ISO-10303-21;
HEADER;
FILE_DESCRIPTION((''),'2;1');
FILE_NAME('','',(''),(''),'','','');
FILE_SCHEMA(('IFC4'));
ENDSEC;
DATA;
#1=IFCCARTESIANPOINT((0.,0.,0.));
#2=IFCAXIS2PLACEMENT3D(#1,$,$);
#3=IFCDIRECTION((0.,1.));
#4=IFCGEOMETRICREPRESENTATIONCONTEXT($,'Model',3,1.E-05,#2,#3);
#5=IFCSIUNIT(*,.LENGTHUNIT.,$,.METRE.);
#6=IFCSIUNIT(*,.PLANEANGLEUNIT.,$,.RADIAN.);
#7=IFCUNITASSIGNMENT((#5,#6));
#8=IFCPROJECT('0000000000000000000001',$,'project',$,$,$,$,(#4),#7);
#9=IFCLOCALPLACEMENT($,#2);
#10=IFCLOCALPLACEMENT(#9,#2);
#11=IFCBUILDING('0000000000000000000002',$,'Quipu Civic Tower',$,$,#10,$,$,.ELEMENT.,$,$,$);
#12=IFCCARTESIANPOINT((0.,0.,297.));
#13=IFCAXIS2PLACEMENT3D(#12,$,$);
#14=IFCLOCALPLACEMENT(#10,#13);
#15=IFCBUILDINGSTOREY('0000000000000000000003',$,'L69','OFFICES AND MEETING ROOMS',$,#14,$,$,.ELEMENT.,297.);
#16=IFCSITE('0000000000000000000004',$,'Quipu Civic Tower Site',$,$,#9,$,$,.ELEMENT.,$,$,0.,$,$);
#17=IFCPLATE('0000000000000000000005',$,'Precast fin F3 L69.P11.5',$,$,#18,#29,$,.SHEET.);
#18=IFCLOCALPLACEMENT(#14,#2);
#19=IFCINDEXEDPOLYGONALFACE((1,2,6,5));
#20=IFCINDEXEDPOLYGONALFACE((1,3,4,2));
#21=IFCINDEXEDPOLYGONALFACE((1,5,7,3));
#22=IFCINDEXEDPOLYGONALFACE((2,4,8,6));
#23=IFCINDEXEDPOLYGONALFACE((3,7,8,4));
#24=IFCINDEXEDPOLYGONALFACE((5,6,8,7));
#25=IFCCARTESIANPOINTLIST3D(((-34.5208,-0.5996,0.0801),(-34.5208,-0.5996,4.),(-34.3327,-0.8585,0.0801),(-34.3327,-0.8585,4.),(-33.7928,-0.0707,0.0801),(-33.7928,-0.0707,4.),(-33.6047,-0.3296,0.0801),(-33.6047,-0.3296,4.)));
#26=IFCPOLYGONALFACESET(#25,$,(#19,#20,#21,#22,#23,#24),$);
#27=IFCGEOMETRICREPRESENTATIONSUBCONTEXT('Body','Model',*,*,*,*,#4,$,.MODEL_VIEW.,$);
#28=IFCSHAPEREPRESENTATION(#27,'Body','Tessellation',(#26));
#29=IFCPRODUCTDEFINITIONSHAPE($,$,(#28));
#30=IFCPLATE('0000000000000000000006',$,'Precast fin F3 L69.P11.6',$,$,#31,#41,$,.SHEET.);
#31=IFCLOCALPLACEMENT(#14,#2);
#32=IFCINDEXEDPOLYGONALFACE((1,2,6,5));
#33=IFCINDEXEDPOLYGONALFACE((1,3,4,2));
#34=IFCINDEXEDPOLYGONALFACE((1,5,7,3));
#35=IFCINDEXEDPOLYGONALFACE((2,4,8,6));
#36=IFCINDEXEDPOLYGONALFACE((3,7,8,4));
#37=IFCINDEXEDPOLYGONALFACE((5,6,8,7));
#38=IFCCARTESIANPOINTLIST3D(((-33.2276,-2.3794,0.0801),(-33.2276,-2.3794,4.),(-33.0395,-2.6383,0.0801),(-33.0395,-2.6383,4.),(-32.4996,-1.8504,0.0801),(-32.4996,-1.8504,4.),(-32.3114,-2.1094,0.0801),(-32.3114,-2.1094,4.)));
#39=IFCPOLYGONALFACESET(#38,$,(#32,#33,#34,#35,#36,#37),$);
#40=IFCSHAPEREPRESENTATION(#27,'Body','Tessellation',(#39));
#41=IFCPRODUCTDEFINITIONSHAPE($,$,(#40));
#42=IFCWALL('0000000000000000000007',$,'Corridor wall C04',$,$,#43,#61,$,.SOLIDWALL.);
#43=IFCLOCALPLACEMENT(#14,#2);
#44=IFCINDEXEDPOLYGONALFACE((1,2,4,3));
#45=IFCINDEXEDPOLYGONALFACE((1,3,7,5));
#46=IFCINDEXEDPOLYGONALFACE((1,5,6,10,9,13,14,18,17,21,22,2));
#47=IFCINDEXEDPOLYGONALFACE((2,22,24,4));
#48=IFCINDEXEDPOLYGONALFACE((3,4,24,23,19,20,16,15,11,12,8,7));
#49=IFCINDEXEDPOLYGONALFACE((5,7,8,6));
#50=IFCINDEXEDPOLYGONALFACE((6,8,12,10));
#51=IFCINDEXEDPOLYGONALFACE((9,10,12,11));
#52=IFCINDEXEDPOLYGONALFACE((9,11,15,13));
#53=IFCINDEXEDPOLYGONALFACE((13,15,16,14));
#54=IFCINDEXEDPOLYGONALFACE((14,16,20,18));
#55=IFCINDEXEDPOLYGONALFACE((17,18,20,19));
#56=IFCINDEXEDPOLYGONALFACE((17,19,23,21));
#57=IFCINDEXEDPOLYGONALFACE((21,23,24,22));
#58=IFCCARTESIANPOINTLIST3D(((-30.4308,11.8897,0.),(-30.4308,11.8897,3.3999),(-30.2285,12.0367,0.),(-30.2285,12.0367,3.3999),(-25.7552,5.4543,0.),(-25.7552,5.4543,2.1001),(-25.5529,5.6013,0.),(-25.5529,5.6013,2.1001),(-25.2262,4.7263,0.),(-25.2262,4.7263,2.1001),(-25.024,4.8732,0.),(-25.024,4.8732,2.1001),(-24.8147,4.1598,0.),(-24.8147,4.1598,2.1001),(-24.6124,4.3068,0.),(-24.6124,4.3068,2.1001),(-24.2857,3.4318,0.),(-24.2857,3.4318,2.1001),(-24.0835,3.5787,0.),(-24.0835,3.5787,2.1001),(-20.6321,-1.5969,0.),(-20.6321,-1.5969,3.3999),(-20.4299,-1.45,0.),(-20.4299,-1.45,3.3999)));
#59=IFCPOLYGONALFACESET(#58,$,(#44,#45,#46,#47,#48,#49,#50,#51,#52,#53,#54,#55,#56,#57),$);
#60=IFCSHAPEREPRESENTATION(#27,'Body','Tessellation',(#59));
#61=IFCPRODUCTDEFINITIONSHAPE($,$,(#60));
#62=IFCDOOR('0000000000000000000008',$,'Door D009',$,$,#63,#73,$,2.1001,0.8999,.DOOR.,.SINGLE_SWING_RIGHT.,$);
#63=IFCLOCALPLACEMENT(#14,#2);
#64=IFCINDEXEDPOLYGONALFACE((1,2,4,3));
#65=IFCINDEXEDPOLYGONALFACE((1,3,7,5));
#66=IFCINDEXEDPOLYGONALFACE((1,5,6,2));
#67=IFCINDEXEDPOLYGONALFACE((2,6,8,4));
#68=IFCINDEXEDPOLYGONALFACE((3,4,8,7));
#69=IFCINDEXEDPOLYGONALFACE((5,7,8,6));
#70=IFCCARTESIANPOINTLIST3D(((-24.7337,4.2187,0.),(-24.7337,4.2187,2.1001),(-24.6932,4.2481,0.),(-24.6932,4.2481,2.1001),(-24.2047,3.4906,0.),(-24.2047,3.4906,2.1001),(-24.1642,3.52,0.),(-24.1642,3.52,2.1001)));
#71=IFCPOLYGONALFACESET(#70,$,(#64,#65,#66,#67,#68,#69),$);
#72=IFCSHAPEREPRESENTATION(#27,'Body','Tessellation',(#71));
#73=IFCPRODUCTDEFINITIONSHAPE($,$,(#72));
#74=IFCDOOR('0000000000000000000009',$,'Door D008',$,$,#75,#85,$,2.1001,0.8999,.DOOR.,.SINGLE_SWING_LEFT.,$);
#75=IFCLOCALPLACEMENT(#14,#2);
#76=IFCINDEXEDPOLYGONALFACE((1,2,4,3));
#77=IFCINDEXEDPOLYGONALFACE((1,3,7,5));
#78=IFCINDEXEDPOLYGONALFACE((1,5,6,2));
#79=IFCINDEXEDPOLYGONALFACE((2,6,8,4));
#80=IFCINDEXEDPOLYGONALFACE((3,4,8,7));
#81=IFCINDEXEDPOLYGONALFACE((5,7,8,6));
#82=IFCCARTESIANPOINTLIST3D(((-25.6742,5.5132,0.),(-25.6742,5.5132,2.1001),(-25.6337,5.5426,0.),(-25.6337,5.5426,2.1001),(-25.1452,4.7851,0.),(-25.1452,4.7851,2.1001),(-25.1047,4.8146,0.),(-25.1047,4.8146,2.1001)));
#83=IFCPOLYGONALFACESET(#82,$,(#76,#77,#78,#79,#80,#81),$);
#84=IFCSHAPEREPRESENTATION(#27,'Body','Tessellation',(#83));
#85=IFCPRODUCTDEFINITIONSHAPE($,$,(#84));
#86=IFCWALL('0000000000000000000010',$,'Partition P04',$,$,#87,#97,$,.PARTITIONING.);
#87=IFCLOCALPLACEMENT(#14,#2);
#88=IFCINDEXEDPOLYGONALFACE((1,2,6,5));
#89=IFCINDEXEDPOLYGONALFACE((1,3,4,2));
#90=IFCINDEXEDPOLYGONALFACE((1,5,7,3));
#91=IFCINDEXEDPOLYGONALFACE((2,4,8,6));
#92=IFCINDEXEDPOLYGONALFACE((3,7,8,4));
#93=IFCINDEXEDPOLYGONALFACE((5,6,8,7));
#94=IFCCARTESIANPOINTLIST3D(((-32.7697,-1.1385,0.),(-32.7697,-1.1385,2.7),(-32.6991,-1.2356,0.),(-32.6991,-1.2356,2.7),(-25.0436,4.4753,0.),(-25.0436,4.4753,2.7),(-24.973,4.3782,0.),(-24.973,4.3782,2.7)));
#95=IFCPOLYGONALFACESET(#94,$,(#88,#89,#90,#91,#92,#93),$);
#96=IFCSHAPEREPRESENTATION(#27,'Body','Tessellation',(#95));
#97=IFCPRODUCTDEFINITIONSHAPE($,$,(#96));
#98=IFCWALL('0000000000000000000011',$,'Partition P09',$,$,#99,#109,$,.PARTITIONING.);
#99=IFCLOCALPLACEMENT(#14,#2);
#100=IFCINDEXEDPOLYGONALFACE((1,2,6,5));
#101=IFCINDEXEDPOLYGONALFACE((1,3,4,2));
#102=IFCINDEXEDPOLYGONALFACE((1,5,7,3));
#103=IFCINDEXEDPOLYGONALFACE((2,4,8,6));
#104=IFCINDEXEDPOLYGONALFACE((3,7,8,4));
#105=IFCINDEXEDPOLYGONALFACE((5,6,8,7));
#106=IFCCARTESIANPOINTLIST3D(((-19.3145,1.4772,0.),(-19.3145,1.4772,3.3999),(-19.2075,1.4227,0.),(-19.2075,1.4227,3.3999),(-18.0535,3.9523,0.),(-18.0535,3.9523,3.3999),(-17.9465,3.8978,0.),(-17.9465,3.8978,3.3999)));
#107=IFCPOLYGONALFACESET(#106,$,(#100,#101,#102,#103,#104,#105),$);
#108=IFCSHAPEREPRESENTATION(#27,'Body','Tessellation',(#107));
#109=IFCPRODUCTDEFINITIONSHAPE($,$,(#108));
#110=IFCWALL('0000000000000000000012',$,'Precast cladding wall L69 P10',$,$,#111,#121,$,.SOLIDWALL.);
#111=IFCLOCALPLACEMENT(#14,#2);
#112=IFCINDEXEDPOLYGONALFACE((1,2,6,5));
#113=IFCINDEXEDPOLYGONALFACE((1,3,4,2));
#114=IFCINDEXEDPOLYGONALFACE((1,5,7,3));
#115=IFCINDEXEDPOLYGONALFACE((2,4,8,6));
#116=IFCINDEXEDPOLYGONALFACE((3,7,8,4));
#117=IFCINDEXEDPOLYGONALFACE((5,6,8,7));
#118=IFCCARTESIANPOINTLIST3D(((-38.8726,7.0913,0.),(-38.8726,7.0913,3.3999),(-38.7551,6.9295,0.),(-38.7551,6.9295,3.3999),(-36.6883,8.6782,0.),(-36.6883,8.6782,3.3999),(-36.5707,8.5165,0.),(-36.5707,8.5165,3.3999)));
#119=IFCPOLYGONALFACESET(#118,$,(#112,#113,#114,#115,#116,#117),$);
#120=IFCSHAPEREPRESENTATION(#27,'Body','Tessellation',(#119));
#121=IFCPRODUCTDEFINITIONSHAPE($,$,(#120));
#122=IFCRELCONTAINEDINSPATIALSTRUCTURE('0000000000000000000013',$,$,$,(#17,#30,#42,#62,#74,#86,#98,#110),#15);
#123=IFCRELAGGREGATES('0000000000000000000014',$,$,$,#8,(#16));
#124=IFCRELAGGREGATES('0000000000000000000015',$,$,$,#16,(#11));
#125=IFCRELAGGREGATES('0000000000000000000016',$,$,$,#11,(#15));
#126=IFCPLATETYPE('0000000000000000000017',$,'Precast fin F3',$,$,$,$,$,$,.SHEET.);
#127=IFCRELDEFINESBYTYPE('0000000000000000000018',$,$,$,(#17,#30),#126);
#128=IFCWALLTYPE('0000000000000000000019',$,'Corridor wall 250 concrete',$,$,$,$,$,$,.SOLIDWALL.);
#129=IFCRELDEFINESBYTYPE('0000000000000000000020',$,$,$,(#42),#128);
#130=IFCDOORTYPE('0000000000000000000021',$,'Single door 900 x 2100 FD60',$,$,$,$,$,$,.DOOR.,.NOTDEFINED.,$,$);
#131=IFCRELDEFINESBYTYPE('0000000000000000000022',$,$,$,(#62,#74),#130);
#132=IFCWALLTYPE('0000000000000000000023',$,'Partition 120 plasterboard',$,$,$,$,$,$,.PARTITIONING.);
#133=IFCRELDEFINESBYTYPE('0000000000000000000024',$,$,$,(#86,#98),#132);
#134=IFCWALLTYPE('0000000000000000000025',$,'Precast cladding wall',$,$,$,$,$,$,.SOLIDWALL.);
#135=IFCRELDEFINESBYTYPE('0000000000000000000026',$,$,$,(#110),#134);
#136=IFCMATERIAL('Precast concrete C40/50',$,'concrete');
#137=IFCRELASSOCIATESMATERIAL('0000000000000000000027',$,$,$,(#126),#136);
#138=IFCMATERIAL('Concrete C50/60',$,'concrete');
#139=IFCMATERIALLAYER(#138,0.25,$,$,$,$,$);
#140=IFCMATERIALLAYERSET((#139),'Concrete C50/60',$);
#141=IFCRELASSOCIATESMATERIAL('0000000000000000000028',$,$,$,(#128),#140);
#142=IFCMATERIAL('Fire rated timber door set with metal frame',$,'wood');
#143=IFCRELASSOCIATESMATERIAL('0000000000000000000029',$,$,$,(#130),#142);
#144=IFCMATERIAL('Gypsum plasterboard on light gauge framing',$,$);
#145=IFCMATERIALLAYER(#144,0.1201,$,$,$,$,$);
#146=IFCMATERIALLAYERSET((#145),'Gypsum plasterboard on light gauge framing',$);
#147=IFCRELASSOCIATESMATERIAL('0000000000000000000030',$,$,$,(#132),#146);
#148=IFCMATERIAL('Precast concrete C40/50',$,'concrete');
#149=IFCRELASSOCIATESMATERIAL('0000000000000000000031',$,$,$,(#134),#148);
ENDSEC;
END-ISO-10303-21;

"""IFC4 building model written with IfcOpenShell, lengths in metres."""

from ifc_helpers import new_model, si_unit, direction, frame, frame_2d, origin, origin_2d, place, context, subcontext, project, spatial, rectangle, extrude, material, layer, layer_set, type_object, element, fill, save


model = new_model("IFC4")

# Units and contexts
model_context = context("Model", 3, precision=1e-05, world=origin(), true_north=direction((0.0, 1.0)))
body_context = subcontext(model_context, "Body", "Model", "MODEL_VIEW")
ifc_project = project(units=[si_unit("LENGTHUNIT", "METRE"), si_unit("PLANEANGLEUNIT", "RADIAN")], contexts=[model_context])

# Site, building, storey
site_placement = place(None, origin())
site = spatial("IfcSite", under=ifc_project, at=site_placement, Name="Quipu Civic Tower Site", CompositionType="ELEMENT", RefElevation=0.0)
building_placement = place(site_placement, origin())
building = spatial("IfcBuilding", under=site, at=building_placement, Name="Quipu Civic Tower", CompositionType="ELEMENT")
storey_placement = place(building_placement, frame((0.0, 0.0, 297.0)))
storey = spatial("IfcBuildingStorey", under=building, at=storey_placement, Name="L69", Description="OFFICES AND MEETING ROOMS", CompositionType="ELEMENT", Elevation=297.0)

# Plates
ifc_material_1 = material(Name="Precast concrete C40/50", Category="concrete")
plate_type_1 = type_object("IfcPlateType", Name="Precast fin F3", PredefinedType="SHEET", material=ifc_material_1)
for number, where, z_axis, x_axis, name in (
    (1, (-34.0627, -0.4646, 0.0801), (0.0, 0.0, 1.0), (0.587787, -0.809016, 0.0), "Precast fin F3 L69.P11.5"),
    (2, (-32.7695, -2.2444, 0.0801), (0.0, 0.0, 1.0), (0.587787, -0.809016, 0.0), "Precast fin F3 L69.P11.6"),
):
    element("IfcPlate", number, at=place(storey_placement, frame(where, z_axis=z_axis, x_axis=x_axis)), inside=storey, type_object=plate_type_1, Name=name, PredefinedType="SHEET", context=body_context, shape_type="SweptSolid", body=[
        extrude(rectangle(XDim=0.3201, YDim=0.8999, at=origin_2d()), origin(), (0.0, 0.0, 1.0), 3.9199),
    ])

# Wall, openings, doors
ifc_material_2 = material(Name="Concrete C50/60", Category="concrete")
ifc_layer_1 = layer(ifc_material_2, 0.25)
ifc_layer_set_1 = layer_set([ifc_layer_1], Name="Concrete C50/60")
wall_type_1 = type_object("IfcWallType", Name="Corridor wall 250 concrete", PredefinedType="SOLIDWALL", material=ifc_layer_set_1)
wall_1_placement = place(storey_placement, frame((-20.531, -1.5234, 0.0), z_axis=(0.0, 0.0, 1.0), x_axis=(-0.587786, 0.809017, 0.0)))
wall_1 = element("IfcWall", 3, at=wall_1_placement, inside=storey, type_object=wall_type_1, Name="Corridor wall C04", PredefinedType="SOLIDWALL", context=body_context, shape_type="SweptSolid", body=[
    extrude(rectangle(XDim=16.6704, YDim=0.25, at=frame_2d((8.3352, 0.0))), origin(), (0.0, 0.0, 1.0), 3.3999),
])
opening_1_placement = place(wall_1_placement, frame((6.2158, 0.0, 0.0)))
opening_1 = element("IfcOpeningElement", 4, at=opening_1_placement, cuts=wall_1, PredefinedType="OPENING", context=body_context, shape_type="SweptSolid", body=[
    extrude(rectangle(XDim=0.8999, YDim=2.1001, at=frame_2d((0.45, 1.05))), frame((0.0, 0.135, 0.0), z_axis=(0.0, -1.0, 0.0), x_axis=(1.0, 0.0, 0.0)), (0.0, 0.0, 1.0), 0.27),
])
opening_2_placement = place(wall_1_placement, frame((7.8159, 0.0, 0.0)))
opening_2 = element("IfcOpeningElement", 5, at=opening_2_placement, cuts=wall_1, PredefinedType="OPENING", context=body_context, shape_type="SweptSolid", body=[
    extrude(rectangle(XDim=0.8999, YDim=2.1001, at=frame_2d((0.45, 1.05))), frame((0.0, 0.135, 0.0), z_axis=(0.0, -1.0, 0.0), x_axis=(1.0, 0.0, 0.0)), (0.0, 0.0, 1.0), 0.27),
])
ifc_material_3 = material(Name="Fire rated timber door set with metal frame", Category="wood")
door_type = type_object("IfcDoorType", Name="Single door 900 x 2100 FD60", OperationType="NOTDEFINED", PredefinedType="DOOR", material=ifc_material_3)
door_1_placement = place(opening_1_placement, origin())
door_1 = element("IfcDoor", 6, at=door_1_placement, inside=storey, type_object=door_type, Name="Door D009", OperationType="SINGLE_SWING_RIGHT", OverallHeight=2.1001, OverallWidth=0.8999, PredefinedType="DOOR", context=body_context, shape_type="SweptSolid", body=[
    extrude(rectangle(XDim=0.8999, YDim=2.1001, at=frame_2d((0.45, 1.05))), frame((0.0, 0.0249, 0.0), z_axis=(0.0, -1.0, 0.0), x_axis=(1.0, 0.0, 0.0)), (0.0, 0.0, 1.0), 0.05),
])
fill(opening_1, door_1)
door_2_placement = place(opening_2_placement, origin())
door_2 = element("IfcDoor", 7, at=door_2_placement, inside=storey, type_object=door_type, Name="Door D008", OperationType="SINGLE_SWING_LEFT", OverallHeight=2.1001, OverallWidth=0.8999, PredefinedType="DOOR", context=body_context, shape_type="SweptSolid", body=[
    extrude(rectangle(XDim=0.8999, YDim=2.1001, at=frame_2d((0.45, 1.05))), frame((0.0, 0.0249, 0.0), z_axis=(0.0, -1.0, 0.0), x_axis=(1.0, 0.0, 0.0)), (0.0, 0.0, 1.0), 0.05),
])
fill(opening_2, door_2)

# Walls
ifc_material_4 = material(Name="Gypsum plasterboard on light gauge framing")
ifc_layer_2 = layer(ifc_material_4, 0.1201)
ifc_layer_set_2 = layer_set([ifc_layer_2], Name="Gypsum plasterboard on light gauge framing")
wall_type_2 = type_object("IfcWallType", Name="Partition 120 plasterboard", PredefinedType="PARTITIONING", material=ifc_layer_set_2)
wall_2_placement = place(storey_placement, frame((-25.0083, 4.4268, 0.0), z_axis=(0.0, 0.0, 1.0), x_axis=(-0.808995, -0.587816, 0.0)))
element("IfcWall", 8, at=wall_2_placement, inside=storey, type_object=wall_type_2, Name="Partition P04", PredefinedType="PARTITIONING", context=body_context, shape_type="SweptSolid", body=[
    extrude(rectangle(XDim=9.5503, YDim=0.1201, at=frame_2d((4.7751, 0.0))), origin(), (0.0, 0.0, 1.0), 2.7),
])
wall_3_placement = place(storey_placement, frame((-19.261, 1.45, 0.0), z_axis=(0.0, 0.0, 1.0), x_axis=(0.453951, 0.891027, 0.0)))
element("IfcWall", 9, at=wall_3_placement, inside=storey, type_object=wall_type_2, Name="Partition P09", PredefinedType="PARTITIONING", context=body_context, shape_type="SweptSolid", body=[
    extrude(rectangle(XDim=2.7778, YDim=0.1201, at=frame_2d((1.3889, 0.0))), origin(), (0.0, 0.0, 1.0), 3.3999),
])
ifc_material_5 = material(Name="Precast concrete C40/50", Category="concrete")
wall_type_3 = type_object("IfcWallType", Name="Precast cladding wall", PredefinedType="SOLIDWALL", material=ifc_material_5)
wall_4_placement = place(storey_placement, frame((-36.6294, 8.5974, 0.0), z_axis=(0.0, 0.0, 1.0), x_axis=(-0.809033, -0.587763, 0.0)))
element("IfcWall", 10, at=wall_4_placement, inside=storey, type_object=wall_type_3, Name="Precast cladding wall L69 P10", PredefinedType="SOLIDWALL", context=body_context, shape_type="SweptSolid", body=[
    extrude(rectangle(XDim=2.7, YDim=0.2, at=frame_2d((1.3501, 0.0))), origin(), (0.0, 0.0, 1.0), 3.3999),
])

save(model, "model.ifc")
